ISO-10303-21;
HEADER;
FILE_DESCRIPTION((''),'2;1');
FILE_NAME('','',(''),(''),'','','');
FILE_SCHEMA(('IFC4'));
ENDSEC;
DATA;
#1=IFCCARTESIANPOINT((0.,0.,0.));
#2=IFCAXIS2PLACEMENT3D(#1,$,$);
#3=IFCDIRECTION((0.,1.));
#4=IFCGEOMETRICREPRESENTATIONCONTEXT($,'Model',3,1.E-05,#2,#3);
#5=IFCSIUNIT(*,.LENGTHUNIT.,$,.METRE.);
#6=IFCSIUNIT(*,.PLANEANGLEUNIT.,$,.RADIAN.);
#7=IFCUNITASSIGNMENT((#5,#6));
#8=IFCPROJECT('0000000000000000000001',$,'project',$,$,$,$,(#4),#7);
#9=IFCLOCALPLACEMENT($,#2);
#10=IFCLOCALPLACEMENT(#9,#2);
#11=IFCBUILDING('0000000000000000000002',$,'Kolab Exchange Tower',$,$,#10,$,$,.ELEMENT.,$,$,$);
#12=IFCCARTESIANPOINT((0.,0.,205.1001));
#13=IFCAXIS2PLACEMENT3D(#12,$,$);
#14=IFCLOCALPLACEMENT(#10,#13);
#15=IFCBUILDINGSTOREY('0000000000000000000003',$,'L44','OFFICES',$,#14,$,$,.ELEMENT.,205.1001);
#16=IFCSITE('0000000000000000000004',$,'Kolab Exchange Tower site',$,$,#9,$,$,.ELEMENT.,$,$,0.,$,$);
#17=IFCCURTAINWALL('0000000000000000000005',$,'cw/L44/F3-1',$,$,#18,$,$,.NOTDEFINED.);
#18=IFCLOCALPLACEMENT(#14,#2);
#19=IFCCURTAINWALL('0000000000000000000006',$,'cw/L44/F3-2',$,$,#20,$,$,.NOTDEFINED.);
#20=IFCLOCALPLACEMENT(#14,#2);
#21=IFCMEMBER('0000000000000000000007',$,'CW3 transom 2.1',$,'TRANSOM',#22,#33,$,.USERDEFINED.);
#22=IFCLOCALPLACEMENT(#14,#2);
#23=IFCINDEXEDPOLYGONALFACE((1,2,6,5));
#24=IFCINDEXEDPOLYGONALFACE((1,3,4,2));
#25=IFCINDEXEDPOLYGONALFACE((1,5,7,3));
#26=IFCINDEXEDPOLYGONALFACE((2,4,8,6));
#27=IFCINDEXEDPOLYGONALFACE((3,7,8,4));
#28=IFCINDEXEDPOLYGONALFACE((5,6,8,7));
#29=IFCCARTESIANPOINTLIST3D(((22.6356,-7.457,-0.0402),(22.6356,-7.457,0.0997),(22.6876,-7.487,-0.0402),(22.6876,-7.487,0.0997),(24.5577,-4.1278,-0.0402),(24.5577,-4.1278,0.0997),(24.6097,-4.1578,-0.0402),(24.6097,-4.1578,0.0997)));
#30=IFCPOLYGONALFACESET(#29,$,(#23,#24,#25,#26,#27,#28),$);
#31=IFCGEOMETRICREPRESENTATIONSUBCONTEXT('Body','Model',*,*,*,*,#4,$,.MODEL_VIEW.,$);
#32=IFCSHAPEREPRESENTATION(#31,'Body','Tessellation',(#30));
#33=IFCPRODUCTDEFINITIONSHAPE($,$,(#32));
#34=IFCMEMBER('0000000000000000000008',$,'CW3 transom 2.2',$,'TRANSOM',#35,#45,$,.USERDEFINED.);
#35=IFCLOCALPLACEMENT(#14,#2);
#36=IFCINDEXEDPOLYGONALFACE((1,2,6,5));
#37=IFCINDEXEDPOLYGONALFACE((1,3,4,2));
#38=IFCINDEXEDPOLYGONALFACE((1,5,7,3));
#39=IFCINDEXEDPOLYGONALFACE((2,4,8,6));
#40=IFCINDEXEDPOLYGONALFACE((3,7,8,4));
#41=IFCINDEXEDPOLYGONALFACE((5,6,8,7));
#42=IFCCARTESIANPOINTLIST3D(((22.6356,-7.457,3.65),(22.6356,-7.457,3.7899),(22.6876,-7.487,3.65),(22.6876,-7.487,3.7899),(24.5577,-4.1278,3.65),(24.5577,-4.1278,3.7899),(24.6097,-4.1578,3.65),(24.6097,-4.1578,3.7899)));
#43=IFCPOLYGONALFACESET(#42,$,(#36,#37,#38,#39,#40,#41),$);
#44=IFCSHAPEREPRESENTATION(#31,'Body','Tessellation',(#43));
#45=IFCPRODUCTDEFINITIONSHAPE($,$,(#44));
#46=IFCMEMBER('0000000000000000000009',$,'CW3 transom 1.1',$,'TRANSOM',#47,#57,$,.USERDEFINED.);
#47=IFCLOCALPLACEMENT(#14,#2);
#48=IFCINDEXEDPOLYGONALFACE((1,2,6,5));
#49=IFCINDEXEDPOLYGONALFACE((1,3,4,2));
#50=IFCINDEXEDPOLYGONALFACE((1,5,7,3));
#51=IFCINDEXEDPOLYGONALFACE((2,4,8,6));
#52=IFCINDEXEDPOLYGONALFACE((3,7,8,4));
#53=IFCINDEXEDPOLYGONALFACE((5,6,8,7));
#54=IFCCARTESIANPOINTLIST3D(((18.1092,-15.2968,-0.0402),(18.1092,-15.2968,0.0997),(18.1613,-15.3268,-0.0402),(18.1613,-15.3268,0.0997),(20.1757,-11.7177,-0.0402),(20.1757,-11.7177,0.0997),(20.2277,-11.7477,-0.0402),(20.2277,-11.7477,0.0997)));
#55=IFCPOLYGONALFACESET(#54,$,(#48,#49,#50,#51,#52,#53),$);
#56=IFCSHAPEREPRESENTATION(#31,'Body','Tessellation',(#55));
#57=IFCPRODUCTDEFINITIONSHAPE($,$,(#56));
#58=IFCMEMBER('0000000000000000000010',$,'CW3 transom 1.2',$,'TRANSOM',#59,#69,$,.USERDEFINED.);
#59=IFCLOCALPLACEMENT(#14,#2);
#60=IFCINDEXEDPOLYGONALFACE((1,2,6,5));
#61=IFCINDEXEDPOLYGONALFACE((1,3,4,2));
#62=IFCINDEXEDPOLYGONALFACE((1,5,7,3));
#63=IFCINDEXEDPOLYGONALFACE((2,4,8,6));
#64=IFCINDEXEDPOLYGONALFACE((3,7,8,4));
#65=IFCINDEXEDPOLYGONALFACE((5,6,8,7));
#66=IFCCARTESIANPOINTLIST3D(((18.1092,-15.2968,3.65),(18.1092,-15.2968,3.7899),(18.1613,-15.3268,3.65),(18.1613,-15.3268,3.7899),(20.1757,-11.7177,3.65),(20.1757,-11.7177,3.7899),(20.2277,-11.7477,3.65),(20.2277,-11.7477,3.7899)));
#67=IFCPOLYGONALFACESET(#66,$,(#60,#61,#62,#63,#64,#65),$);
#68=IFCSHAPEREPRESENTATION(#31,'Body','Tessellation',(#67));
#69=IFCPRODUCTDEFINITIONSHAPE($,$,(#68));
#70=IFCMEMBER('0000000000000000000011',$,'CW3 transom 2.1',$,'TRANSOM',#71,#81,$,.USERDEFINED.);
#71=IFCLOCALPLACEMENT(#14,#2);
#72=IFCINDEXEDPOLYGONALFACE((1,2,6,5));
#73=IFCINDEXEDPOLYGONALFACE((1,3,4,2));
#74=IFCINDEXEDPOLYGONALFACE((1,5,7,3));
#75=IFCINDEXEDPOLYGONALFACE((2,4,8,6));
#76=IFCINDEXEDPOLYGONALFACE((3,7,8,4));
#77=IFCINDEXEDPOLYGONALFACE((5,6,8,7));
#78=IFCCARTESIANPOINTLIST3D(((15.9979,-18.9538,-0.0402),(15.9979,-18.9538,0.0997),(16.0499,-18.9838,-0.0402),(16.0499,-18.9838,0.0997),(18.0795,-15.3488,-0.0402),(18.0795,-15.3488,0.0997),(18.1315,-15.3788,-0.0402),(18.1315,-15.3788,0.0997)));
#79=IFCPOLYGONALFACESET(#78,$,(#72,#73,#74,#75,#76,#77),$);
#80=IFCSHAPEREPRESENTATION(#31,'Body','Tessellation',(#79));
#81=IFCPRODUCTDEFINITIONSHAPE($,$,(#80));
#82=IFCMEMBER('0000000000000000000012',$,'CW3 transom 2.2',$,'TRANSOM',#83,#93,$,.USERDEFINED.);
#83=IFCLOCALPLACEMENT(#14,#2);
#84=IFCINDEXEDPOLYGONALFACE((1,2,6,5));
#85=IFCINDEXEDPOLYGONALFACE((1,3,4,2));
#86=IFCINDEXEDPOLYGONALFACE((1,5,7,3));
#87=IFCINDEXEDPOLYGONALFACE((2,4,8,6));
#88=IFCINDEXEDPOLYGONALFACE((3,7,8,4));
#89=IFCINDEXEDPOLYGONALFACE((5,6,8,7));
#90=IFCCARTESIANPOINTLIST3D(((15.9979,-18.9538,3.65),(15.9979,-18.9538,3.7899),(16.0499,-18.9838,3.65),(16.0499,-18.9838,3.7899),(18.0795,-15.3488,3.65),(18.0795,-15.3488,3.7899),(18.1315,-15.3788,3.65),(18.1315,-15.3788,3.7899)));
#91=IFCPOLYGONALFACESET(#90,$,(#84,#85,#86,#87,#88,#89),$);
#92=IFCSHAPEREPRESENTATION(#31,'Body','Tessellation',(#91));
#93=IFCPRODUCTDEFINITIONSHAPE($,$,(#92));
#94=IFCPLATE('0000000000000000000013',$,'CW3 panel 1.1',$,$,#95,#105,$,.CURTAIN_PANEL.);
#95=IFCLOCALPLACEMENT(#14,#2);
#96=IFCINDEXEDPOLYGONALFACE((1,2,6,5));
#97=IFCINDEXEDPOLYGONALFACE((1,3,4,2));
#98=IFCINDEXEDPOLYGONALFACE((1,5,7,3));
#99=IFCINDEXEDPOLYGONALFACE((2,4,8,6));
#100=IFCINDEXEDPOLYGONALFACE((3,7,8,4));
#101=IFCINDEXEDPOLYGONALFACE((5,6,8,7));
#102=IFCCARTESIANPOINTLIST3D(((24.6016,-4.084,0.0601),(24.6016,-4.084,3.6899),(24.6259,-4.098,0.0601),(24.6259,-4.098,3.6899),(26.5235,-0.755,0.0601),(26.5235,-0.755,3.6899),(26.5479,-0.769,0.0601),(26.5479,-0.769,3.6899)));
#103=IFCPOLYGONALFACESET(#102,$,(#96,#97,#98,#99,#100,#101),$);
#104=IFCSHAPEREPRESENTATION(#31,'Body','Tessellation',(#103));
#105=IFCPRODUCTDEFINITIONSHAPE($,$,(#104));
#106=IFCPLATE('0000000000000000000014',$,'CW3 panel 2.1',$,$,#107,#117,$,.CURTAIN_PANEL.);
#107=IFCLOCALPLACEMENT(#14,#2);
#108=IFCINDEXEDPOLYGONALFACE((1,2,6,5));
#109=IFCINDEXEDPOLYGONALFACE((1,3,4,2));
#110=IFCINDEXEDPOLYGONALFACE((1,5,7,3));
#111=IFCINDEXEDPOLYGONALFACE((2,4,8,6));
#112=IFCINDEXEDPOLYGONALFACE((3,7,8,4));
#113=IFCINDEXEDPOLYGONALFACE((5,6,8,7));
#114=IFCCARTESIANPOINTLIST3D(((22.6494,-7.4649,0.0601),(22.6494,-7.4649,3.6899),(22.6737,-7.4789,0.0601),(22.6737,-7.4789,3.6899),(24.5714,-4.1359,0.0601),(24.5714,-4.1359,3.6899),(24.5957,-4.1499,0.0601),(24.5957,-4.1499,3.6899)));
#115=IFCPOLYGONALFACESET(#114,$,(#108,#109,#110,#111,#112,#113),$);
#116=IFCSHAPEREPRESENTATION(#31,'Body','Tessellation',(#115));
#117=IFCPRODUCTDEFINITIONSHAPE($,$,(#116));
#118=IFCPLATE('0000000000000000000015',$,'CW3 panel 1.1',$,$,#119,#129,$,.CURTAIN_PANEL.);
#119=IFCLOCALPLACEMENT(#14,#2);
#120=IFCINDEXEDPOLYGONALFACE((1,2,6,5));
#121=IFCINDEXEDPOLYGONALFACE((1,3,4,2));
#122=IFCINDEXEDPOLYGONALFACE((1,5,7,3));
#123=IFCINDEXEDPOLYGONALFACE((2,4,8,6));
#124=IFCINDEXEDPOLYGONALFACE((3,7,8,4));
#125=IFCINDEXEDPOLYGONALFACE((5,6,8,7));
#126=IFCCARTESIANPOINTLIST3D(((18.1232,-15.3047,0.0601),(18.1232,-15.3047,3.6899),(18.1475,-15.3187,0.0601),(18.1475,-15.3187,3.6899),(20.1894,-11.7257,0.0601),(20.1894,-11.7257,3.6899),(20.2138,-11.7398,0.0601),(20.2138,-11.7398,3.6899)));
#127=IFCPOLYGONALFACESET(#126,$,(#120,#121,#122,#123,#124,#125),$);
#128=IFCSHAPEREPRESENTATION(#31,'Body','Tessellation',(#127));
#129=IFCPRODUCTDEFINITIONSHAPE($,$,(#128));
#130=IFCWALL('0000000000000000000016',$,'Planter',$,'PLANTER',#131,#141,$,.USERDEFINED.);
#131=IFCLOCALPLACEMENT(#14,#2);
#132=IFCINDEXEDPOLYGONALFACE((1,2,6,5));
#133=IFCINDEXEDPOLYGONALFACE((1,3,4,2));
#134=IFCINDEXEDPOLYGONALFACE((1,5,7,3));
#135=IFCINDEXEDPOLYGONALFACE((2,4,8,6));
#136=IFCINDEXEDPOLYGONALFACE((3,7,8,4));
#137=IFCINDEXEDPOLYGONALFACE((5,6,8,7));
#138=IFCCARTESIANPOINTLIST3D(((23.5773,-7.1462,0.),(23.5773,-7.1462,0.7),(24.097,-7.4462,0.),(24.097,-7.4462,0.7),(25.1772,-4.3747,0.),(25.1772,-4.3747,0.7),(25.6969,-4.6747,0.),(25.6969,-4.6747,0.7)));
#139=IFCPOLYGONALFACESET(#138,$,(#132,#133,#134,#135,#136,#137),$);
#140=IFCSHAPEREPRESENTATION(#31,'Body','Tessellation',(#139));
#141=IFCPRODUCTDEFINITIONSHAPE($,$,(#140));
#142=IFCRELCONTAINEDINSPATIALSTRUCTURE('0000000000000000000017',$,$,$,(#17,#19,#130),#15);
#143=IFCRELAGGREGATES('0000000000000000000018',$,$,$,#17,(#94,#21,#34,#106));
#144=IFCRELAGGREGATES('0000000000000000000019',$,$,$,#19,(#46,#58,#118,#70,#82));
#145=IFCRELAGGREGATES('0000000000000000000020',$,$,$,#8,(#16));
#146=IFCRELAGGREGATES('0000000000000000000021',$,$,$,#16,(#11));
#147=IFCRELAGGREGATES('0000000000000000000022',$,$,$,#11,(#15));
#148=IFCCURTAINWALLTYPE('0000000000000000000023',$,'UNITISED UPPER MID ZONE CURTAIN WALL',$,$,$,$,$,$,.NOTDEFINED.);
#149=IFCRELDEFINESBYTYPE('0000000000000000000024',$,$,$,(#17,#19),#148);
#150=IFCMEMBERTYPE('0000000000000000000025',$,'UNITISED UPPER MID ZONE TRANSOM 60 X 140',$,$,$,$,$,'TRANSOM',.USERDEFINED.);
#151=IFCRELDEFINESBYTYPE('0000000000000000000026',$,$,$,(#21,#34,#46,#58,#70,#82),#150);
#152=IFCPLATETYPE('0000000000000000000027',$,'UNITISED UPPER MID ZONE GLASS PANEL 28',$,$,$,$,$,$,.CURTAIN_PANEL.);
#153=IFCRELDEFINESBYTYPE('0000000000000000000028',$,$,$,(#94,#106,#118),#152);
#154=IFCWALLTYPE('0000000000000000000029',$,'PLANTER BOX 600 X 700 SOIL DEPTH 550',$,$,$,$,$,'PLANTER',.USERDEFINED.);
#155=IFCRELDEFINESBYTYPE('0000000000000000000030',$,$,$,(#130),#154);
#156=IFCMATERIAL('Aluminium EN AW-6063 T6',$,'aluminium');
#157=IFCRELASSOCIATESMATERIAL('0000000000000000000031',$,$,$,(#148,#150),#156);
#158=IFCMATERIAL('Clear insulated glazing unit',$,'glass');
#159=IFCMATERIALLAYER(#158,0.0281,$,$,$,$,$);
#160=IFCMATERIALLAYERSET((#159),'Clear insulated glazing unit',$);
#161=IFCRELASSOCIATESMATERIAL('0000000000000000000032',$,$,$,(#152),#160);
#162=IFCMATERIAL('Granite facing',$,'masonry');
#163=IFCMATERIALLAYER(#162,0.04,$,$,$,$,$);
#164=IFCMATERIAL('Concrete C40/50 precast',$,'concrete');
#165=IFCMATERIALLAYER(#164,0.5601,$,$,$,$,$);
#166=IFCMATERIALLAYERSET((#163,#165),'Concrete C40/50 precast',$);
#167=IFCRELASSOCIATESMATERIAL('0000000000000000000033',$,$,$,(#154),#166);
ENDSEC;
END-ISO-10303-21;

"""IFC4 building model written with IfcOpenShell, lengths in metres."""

from ifc_helpers import new_model, si_unit, direction, frame, frame_2d, origin, origin_2d, place, context, subcontext, project, spatial, rectangle, extrude, material, layer, layer_set, material_profile, profile_set, type_object, element, aggregate, save


model = new_model("IFC4")

# Units and contexts
model_context = context("Model", 3, precision=1e-05, world=origin(), true_north=direction((0.0, 1.0)))
body_context = subcontext(model_context, "Body", "Model", "MODEL_VIEW")
ifc_project = project(units=[si_unit("LENGTHUNIT", "METRE"), si_unit("PLANEANGLEUNIT", "RADIAN")], contexts=[model_context])

# Site, building, storey
site_placement = place(None, origin())
site = spatial("IfcSite", under=ifc_project, at=site_placement, Name="Kolab Exchange Tower site", CompositionType="ELEMENT", RefElevation=0.0)
building_placement = place(site_placement, origin())
building = spatial("IfcBuilding", under=site, at=building_placement, Name="Kolab Exchange Tower", CompositionType="ELEMENT")
storey_placement = place(building_placement, frame((0.0, 0.0, 205.1001)))
storey = spatial("IfcBuildingStorey", under=building, at=storey_placement, Name="L44", Description="OFFICES", CompositionType="ELEMENT", Elevation=205.1001)

# Curtain walls
ifc_material_1 = material(Name="Aluminium EN AW-6063 T6", Category="aluminium")
curtain_wall_type = type_object("IfcCurtainWallType", Name="UNITISED UPPER MID ZONE CURTAIN WALL", PredefinedType="NOTDEFINED", material=ifc_material_1)
curtain_wall_1_placement = place(storey_placement, origin())
curtain_wall_1 = element("IfcCurtainWall", 1, at=curtain_wall_1_placement, inside=storey, type_object=curtain_wall_type, Name="cw/L44/F3-1", PredefinedType="NOTDEFINED")
curtain_wall_2_placement = place(storey_placement, origin())
curtain_wall_2 = element("IfcCurtainWall", 2, at=curtain_wall_2_placement, inside=storey, type_object=curtain_wall_type, Name="cw/L44/F3-2", PredefinedType="NOTDEFINED")

# Members
ifc_material_profile_1 = material_profile(ifc_material_1, rectangle(XDim=0.0601, YDim=0.1399, at=origin_2d()), Name="RECT 60X140")
ifc_profile_set_1 = profile_set([ifc_material_profile_1], Name="Aluminium EN AW-6063 T6")
member_type_1 = type_object("IfcMemberType", Name="UNITISED UPPER MID ZONE TRANSOM 60 X 140", ElementType="TRANSOM", PredefinedType="USERDEFINED", material=ifc_profile_set_1)
member_1_placement = place(storey_placement, frame((24.5837, -4.1428, 0.0298), z_axis=(-0.500012, -0.866018, 0.0), x_axis=(0.866018, -0.500012, 0.0)))
member_1 = element("IfcMember", 3, at=member_1_placement, type_object=member_type_1, Name="CW3 transom 2.1", ObjectType="TRANSOM", PredefinedType="USERDEFINED", context=body_context, shape_type="SweptSolid", body=[
    extrude(rectangle(XDim=0.0601, YDim=0.1399, at=origin_2d()), origin(), (0.0, 0.0, 1.0), 3.8442),
])
member_2_placement = place(storey_placement, frame((24.5837, -4.1428, 3.72), z_axis=(-0.500012, -0.866018, 0.0), x_axis=(0.866018, -0.500012, 0.0)))
member_2 = element("IfcMember", 4, at=member_2_placement, type_object=member_type_1, Name="CW3 transom 2.2", ObjectType="TRANSOM", PredefinedType="USERDEFINED", context=body_context, shape_type="SweptSolid", body=[
    extrude(rectangle(XDim=0.0601, YDim=0.1399, at=origin_2d()), origin(), (0.0, 0.0, 1.0), 3.8442),
])
member_3_placement = place(storey_placement, frame((20.2017, -11.7327, 0.0298), z_axis=(-0.500002, -0.866024, 0.0), x_axis=(0.866024, -0.500002, 0.0)))
member_3 = element("IfcMember", 5, at=member_3_placement, type_object=member_type_1, Name="CW3 transom 1.1", ObjectType="TRANSOM", PredefinedType="USERDEFINED", context=body_context, shape_type="SweptSolid", body=[
    extrude(rectangle(XDim=0.0601, YDim=0.1399, at=origin_2d()), origin(), (0.0, 0.0, 1.0), 4.1328),
])
member_4_placement = place(storey_placement, frame((20.2017, -11.7327, 3.72), z_axis=(-0.500002, -0.866024, 0.0), x_axis=(0.866024, -0.500002, 0.0)))
member_4 = element("IfcMember", 6, at=member_4_placement, type_object=member_type_1, Name="CW3 transom 1.2", ObjectType="TRANSOM", PredefinedType="USERDEFINED", context=body_context, shape_type="SweptSolid", body=[
    extrude(rectangle(XDim=0.0601, YDim=0.1399, at=origin_2d()), origin(), (0.0, 0.0, 1.0), 4.1328),
])
member_5_placement = place(storey_placement, frame((18.1055, -15.3638, 0.0298), z_axis=(-0.500037, -0.866004, 0.0), x_axis=(0.866004, -0.500037, 0.0)))
member_5 = element("IfcMember", 7, at=member_5_placement, type_object=member_type_1, Name="CW3 transom 2.1", ObjectType="TRANSOM", PredefinedType="USERDEFINED", context=body_context, shape_type="SweptSolid", body=[
    extrude(rectangle(XDim=0.0601, YDim=0.1399, at=origin_2d()), origin(), (0.0, 0.0, 1.0), 4.1628),
])
member_6_placement = place(storey_placement, frame((18.1055, -15.3638, 3.72), z_axis=(-0.500037, -0.866004, 0.0), x_axis=(0.866004, -0.500037, 0.0)))
member_6 = element("IfcMember", 8, at=member_6_placement, type_object=member_type_1, Name="CW3 transom 2.2", ObjectType="TRANSOM", PredefinedType="USERDEFINED", context=body_context, shape_type="SweptSolid", body=[
    extrude(rectangle(XDim=0.0601, YDim=0.1399, at=origin_2d()), origin(), (0.0, 0.0, 1.0), 4.1628),
])

# Plates
ifc_material_2 = material(Name="Clear insulated glazing unit", Category="glass")
ifc_layer_1 = layer(ifc_material_2, 0.0281)
ifc_layer_set_1 = layer_set([ifc_layer_1], Name="Clear insulated glazing unit")
plate_type = type_object("IfcPlateType", Name="UNITISED UPPER MID ZONE GLASS PANEL 28", PredefinedType="CURTAIN_PANEL", material=ifc_layer_set_1)
plate_1_placement = place(storey_placement, frame((25.5747, -2.4265, 0.0601), z_axis=(0.0, 0.0, 1.0), x_axis=(-0.5, -0.866025, 0.0)))
plate_1 = element("IfcPlate", 9, at=plate_1_placement, type_object=plate_type, Name="CW3 panel 1.1", PredefinedType="CURTAIN_PANEL", context=body_context, shape_type="SweptSolid", body=[
    extrude(rectangle(XDim=3.844, YDim=0.0281, at=origin_2d()), origin(), (0.0, 0.0, 1.0), 3.6299),
])
plate_2_placement = place(storey_placement, frame((23.6226, -5.8074, 0.0601), z_axis=(0.0, 0.0, 1.0), x_axis=(-0.5, -0.866025, 0.0)))
plate_2 = element("IfcPlate", 10, at=plate_2_placement, type_object=plate_type, Name="CW3 panel 2.1", PredefinedType="CURTAIN_PANEL", context=body_context, shape_type="SweptSolid", body=[
    extrude(rectangle(XDim=3.844, YDim=0.0281, at=origin_2d()), origin(), (0.0, 0.0, 1.0), 3.6299),
])
aggregate(curtain_wall_1, [plate_1, member_1, member_2, plate_2])
plate_3_placement = place(storey_placement, frame((19.1685, -13.5222, 0.0601), z_axis=(0.0, 0.0, 1.0), x_axis=(-0.5, -0.866025, 0.0)))
plate_3 = element("IfcPlate", 11, at=plate_3_placement, type_object=plate_type, Name="CW3 panel 1.1", PredefinedType="CURTAIN_PANEL", context=body_context, shape_type="SweptSolid", body=[
    extrude(rectangle(XDim=4.1326, YDim=0.0281, at=origin_2d()), origin(), (0.0, 0.0, 1.0), 3.6299),
])
aggregate(curtain_wall_2, [member_3, member_4, plate_3, member_5, member_6])

# Wall
ifc_material_3 = material(Name="Granite facing", Category="masonry")
ifc_layer_2 = layer(ifc_material_3, 0.04)
ifc_material_4 = material(Name="Concrete C40/50 precast", Category="concrete")
ifc_layer_3 = layer(ifc_material_4, 0.5601)
ifc_layer_set_2 = layer_set([ifc_layer_2, ifc_layer_3], Name="Concrete C40/50 precast")
wall_type_1 = type_object("IfcWallType", Name="PLANTER BOX 600 X 700 SOIL DEPTH 550", ElementType="PLANTER", PredefinedType="USERDEFINED", material=ifc_layer_set_2)
wall_1_placement = place(storey_placement, frame((25.437, -4.5247, 0.0), z_axis=(0.0, 0.0, 1.0), x_axis=(-0.499938, -0.866061, 0.0)))
element("IfcWall", 12, at=wall_1_placement, inside=storey, type_object=wall_type_1, Name="Planter", ObjectType="PLANTER", PredefinedType="USERDEFINED", context=body_context, shape_type="SweptSolid", body=[
    extrude(rectangle(XDim=3.2002, YDim=0.6001, at=frame_2d((1.6001, 0.0))), origin(), (0.0, 0.0, 1.0), 0.7),
])

save(model, "model.ifc")
